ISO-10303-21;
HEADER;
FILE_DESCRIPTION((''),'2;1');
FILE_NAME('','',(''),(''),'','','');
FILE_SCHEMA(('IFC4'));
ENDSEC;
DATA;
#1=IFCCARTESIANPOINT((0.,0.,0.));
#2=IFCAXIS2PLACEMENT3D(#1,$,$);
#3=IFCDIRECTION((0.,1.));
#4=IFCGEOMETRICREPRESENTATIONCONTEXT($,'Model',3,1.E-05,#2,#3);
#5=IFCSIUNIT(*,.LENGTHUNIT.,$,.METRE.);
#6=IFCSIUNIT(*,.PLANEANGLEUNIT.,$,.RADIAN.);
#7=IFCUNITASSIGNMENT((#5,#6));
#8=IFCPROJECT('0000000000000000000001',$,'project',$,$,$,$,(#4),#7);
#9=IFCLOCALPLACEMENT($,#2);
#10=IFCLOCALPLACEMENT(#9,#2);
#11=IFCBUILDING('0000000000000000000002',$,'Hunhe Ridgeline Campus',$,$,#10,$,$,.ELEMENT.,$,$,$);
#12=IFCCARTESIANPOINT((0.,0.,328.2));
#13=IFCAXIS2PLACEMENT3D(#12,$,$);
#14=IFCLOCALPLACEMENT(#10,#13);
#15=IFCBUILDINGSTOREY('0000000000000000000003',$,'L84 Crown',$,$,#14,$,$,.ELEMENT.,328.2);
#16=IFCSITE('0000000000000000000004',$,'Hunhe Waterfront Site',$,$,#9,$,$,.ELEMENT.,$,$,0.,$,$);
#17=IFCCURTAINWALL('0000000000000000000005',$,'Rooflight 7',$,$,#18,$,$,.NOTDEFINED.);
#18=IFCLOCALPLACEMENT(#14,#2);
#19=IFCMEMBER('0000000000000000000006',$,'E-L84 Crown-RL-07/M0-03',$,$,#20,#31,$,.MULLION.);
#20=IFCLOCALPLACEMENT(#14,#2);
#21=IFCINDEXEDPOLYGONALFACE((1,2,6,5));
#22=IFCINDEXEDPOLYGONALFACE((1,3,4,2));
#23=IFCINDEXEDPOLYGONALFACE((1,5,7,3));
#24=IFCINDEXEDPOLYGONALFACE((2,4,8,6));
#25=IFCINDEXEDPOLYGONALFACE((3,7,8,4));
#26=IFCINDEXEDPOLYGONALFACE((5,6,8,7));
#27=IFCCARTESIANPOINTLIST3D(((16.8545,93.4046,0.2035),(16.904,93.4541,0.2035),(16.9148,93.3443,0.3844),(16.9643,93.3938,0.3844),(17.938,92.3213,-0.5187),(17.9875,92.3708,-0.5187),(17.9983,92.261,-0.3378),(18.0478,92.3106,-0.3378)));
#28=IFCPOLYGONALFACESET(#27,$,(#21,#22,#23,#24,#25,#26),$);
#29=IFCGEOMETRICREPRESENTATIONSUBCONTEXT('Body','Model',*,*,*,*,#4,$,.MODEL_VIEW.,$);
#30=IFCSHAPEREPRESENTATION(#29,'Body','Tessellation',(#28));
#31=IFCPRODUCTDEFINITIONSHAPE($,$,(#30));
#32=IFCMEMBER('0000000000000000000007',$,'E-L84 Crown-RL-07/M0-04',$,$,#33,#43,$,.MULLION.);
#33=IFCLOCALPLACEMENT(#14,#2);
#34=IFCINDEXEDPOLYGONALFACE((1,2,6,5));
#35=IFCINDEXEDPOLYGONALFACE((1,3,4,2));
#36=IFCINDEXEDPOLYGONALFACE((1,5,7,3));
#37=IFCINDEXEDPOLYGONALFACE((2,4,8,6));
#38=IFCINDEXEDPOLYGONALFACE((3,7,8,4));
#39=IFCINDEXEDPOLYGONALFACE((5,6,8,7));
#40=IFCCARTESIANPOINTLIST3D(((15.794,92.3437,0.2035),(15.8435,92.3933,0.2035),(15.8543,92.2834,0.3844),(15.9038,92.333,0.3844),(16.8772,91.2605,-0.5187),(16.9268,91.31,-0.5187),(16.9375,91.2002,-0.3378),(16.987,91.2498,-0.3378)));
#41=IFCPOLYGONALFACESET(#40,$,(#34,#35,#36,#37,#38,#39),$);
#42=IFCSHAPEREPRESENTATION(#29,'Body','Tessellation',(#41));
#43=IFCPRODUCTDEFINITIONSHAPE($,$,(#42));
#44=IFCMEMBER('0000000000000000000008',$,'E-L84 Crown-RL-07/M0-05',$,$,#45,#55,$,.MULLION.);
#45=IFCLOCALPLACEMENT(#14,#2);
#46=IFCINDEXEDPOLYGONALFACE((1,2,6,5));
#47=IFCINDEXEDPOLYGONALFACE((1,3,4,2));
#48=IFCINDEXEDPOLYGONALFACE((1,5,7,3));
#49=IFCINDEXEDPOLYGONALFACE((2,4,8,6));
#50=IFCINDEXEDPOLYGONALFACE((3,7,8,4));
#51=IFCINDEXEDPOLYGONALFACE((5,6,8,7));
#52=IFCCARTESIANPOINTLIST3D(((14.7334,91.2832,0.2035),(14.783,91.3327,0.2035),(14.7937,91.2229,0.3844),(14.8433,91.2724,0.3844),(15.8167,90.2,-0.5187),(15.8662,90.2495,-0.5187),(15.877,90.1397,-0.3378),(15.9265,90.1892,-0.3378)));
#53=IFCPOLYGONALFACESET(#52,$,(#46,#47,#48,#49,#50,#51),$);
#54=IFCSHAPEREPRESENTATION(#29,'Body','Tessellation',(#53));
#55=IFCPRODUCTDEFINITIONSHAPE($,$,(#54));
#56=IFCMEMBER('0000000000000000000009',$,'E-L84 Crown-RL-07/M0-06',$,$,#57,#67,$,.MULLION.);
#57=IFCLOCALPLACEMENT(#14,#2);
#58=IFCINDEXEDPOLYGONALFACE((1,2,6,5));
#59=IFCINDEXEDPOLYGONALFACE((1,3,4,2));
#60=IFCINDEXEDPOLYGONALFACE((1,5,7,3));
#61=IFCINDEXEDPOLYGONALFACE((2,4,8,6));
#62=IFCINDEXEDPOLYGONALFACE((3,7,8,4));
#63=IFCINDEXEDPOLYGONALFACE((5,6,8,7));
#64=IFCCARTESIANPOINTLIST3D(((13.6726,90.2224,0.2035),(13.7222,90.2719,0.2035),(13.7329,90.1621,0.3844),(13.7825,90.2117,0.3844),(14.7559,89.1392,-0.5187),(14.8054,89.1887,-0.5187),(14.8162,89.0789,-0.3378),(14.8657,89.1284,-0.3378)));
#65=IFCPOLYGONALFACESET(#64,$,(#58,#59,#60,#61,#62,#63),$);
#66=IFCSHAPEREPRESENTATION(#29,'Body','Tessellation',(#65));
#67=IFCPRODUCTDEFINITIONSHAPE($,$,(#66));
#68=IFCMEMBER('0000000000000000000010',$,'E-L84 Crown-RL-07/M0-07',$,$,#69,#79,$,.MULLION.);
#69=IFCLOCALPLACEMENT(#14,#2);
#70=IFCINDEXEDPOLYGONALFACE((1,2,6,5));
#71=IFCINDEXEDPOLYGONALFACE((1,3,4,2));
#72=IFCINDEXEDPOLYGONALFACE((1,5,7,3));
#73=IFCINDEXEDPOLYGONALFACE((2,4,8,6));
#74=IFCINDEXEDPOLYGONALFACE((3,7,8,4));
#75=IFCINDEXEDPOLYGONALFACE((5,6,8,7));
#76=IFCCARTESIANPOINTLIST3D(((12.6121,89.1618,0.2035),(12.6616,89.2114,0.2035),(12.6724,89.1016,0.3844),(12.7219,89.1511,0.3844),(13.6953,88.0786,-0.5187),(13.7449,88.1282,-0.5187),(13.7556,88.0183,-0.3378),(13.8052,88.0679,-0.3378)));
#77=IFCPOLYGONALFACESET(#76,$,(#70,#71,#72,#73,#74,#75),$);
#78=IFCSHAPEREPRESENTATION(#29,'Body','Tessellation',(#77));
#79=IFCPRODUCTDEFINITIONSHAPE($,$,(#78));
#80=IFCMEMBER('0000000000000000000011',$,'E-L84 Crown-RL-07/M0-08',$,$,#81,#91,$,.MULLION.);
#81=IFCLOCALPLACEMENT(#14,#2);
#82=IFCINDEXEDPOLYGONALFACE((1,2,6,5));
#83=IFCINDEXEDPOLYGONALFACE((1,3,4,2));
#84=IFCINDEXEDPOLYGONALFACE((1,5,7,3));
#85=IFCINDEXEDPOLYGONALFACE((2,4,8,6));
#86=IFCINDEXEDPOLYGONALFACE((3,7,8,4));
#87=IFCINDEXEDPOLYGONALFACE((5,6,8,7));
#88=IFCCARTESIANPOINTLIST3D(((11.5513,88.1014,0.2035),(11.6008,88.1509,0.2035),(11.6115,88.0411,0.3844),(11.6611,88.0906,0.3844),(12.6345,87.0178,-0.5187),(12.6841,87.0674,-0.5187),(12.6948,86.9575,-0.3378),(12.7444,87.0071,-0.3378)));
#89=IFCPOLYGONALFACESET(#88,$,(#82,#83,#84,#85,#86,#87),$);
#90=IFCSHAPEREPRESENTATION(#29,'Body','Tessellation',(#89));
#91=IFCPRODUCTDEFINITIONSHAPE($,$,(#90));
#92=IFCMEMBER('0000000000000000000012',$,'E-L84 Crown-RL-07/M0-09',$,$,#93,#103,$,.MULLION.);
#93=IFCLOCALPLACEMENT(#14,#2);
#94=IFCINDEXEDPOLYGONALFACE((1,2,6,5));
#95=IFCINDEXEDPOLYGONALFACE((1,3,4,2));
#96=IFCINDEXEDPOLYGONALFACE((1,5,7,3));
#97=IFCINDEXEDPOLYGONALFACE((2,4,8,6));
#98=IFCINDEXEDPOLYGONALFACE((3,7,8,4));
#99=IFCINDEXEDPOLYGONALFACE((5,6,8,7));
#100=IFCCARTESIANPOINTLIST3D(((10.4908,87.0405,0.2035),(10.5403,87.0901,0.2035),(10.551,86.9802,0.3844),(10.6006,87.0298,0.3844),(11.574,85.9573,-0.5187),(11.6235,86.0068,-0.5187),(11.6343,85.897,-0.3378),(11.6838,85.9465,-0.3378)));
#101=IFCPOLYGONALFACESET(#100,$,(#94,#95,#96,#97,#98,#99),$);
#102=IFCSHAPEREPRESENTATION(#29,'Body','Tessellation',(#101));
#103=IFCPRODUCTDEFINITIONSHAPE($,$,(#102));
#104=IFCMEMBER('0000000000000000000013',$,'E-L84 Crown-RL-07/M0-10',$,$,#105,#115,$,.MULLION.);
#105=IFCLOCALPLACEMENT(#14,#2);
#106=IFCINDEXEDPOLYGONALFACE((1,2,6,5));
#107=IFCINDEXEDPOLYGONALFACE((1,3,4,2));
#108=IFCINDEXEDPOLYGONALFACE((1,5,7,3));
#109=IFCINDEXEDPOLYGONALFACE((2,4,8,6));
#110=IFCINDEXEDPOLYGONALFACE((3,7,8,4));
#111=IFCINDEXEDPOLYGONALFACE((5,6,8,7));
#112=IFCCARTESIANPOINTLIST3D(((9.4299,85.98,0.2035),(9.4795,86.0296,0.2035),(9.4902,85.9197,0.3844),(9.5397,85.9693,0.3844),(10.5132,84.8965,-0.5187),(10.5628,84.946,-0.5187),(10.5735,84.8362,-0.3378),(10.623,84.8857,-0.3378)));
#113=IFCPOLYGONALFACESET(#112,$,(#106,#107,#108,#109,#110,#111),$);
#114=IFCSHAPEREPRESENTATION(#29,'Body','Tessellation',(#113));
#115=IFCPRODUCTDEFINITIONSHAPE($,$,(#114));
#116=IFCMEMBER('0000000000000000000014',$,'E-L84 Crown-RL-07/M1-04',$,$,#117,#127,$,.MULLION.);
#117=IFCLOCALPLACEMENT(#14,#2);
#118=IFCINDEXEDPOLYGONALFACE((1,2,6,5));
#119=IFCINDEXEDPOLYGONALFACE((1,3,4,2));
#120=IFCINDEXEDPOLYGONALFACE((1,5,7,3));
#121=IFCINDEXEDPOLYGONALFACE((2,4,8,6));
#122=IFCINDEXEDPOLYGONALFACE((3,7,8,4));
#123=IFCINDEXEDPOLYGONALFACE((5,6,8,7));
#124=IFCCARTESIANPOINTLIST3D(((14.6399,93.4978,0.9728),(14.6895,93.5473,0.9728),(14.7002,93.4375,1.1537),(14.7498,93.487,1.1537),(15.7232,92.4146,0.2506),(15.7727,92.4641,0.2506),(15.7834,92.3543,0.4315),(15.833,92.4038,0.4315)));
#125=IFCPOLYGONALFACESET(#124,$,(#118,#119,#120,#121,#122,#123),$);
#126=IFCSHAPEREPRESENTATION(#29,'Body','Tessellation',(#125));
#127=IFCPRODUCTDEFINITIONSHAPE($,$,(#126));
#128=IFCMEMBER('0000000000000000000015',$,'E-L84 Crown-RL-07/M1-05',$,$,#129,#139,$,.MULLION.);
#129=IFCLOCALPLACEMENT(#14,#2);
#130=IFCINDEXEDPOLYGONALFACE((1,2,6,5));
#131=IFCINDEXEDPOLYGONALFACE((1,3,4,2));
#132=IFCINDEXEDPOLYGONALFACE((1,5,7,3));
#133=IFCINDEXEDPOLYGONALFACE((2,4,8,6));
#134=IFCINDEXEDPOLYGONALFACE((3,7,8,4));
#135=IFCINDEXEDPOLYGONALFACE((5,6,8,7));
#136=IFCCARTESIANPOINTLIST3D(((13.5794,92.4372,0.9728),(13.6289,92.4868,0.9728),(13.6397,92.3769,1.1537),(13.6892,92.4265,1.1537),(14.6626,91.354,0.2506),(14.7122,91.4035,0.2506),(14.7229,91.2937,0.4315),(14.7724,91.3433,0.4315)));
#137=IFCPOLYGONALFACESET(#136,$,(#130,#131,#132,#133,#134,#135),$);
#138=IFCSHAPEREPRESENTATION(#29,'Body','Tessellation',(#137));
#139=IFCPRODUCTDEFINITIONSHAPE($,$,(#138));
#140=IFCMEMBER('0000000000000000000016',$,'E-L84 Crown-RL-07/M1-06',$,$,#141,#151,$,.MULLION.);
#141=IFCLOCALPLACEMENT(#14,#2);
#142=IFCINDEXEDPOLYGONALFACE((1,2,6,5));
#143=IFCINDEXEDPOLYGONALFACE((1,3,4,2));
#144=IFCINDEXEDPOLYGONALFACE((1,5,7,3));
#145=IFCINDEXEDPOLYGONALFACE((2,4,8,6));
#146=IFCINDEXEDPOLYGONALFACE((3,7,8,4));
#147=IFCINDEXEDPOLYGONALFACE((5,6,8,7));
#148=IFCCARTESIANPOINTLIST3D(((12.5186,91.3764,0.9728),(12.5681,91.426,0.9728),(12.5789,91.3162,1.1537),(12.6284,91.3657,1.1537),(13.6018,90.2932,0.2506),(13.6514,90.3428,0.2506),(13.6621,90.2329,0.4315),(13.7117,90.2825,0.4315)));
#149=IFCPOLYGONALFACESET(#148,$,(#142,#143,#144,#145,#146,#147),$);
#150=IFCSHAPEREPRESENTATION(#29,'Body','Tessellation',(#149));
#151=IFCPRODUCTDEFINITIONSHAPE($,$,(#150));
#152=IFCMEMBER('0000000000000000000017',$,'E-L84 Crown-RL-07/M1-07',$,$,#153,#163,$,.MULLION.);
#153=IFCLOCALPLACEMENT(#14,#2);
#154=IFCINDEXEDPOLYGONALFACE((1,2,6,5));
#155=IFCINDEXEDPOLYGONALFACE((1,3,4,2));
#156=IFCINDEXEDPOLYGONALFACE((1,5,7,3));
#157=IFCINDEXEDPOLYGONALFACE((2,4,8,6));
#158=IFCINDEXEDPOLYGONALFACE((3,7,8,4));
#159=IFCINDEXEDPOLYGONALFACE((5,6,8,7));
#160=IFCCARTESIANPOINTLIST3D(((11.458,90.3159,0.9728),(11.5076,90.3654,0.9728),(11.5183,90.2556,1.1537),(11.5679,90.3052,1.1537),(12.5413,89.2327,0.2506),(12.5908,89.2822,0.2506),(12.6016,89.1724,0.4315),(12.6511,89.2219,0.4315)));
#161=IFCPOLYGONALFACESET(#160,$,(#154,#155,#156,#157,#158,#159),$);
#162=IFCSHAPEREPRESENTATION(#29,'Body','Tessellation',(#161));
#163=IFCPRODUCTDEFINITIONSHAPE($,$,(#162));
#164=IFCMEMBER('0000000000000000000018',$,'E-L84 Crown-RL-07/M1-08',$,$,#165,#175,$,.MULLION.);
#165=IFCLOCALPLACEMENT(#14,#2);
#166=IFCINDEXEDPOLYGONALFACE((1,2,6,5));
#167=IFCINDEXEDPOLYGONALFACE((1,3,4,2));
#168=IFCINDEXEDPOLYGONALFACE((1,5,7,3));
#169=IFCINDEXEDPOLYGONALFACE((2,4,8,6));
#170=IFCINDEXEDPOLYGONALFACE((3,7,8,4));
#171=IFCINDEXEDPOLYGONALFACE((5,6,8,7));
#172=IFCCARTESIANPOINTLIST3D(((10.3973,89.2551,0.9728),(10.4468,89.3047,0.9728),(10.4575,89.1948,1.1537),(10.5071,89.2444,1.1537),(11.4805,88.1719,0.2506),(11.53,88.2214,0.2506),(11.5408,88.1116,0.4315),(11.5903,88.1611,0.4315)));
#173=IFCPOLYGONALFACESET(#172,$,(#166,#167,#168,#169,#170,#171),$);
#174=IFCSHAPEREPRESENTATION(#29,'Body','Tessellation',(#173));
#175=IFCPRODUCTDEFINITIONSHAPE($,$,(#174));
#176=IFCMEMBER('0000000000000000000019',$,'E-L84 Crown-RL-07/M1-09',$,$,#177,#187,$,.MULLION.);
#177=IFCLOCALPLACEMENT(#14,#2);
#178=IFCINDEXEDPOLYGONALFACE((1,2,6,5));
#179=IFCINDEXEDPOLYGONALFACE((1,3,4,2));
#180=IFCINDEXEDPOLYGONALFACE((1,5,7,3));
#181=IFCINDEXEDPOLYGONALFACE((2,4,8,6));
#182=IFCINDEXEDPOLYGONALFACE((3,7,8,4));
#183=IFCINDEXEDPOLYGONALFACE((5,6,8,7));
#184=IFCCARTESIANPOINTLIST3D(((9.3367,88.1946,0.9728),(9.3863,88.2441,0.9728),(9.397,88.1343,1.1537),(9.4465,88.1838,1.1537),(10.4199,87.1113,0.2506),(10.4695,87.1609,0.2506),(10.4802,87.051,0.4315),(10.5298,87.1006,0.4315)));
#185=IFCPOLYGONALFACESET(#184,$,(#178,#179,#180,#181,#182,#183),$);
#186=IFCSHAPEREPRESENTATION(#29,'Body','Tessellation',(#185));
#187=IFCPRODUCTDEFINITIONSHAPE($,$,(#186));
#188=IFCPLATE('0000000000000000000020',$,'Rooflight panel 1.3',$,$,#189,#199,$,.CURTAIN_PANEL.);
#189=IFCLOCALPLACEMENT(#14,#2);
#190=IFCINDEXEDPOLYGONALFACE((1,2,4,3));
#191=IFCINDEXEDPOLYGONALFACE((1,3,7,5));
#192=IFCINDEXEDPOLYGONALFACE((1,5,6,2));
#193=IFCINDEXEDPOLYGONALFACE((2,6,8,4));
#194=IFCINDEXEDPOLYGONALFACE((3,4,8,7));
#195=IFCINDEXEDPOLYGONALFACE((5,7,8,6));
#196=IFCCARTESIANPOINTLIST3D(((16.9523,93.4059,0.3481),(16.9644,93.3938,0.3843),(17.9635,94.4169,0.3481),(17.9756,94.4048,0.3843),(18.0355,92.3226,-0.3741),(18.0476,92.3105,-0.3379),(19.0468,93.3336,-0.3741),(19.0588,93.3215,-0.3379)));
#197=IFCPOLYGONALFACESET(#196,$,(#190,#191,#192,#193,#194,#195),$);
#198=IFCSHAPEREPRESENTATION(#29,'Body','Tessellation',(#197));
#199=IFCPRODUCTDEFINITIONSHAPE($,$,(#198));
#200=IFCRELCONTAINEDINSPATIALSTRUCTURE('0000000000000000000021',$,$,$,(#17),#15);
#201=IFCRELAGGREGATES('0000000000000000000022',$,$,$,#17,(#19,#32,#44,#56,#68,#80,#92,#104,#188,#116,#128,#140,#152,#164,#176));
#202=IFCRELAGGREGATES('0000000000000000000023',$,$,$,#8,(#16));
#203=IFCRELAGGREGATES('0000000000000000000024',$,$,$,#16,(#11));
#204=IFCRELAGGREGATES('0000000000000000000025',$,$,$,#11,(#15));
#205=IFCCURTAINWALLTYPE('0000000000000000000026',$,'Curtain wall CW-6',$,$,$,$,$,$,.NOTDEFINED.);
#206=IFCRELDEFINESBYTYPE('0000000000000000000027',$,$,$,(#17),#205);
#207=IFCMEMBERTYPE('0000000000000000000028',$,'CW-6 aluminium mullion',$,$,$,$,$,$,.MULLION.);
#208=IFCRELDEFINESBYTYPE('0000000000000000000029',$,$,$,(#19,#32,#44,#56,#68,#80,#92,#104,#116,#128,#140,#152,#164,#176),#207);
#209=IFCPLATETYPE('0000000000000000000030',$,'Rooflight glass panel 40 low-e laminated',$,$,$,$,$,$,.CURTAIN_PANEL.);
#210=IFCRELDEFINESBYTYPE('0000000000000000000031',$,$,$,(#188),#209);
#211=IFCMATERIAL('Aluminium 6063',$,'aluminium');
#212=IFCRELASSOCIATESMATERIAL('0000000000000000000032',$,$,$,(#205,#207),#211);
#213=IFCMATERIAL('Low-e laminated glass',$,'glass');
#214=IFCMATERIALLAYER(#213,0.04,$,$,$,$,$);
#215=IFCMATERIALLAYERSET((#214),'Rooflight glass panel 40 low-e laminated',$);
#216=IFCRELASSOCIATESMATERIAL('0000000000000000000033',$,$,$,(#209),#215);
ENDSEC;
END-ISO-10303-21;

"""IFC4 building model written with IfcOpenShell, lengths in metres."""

from ifc_helpers import new_model, si_unit, direction, frame, origin, origin_2d, place, context, subcontext, project, spatial, polyline, rectangle, outline, extrude, material, layer, layer_set, material_profile, profile_set, type_object, element, aggregate, save


model = new_model("IFC4")

# Units and contexts
model_context = context("Model", 3, precision=1e-05, world=origin(), true_north=direction((0.0, 1.0)))
body_context = subcontext(model_context, "Body", "Model", "MODEL_VIEW")
ifc_project = project(units=[si_unit("LENGTHUNIT", "METRE"), si_unit("PLANEANGLEUNIT", "RADIAN")], contexts=[model_context])

# Site, building, storey
site_placement = place(None, origin())
site = spatial("IfcSite", under=ifc_project, at=site_placement, Name="Hunhe Waterfront Site", CompositionType="ELEMENT", RefElevation=0.0)
building_placement = place(site_placement, origin())
building = spatial("IfcBuilding", under=site, at=building_placement, Name="Hunhe Ridgeline Campus", CompositionType="ELEMENT")
storey_placement = place(building_placement, frame((0.0, 0.0, 328.2)))
storey = spatial("IfcBuildingStorey", under=building, at=storey_placement, Name="L84 Crown", CompositionType="ELEMENT", Elevation=328.2)

# Curtain wall, members, plate
ifc_material_1 = material(Name="Aluminium 6063", Category="aluminium")
curtain_wall_type = type_object("IfcCurtainWallType", Name="Curtain wall CW-6", PredefinedType="NOTDEFINED", material=ifc_material_1)
curtain_wall_placement = place(storey_placement, origin())
curtain_wall = element("IfcCurtainWall", 1, at=curtain_wall_placement, inside=storey, type_object=curtain_wall_type, Name="Rooflight 7", PredefinedType="NOTDEFINED")
ifc_material_profile = material_profile(ifc_material_1, rectangle(XDim=0.0701, YDim=0.2, at=origin_2d()))
ifc_profile_set = profile_set([ifc_material_profile], Name="Aluminium 6063")
member_type = type_object("IfcMemberType", Name="CW-6 aluminium mullion", PredefinedType="MULLION", material=ifc_profile_set)
member_1_placement = place(storey_placement, frame((17.9929, 92.3159, -0.4282), z_axis=(-0.639687, 0.639543, 0.426362), x_axis=(-0.707027, -0.707186, 0.0)))
member_1 = element("IfcMember", 2, at=member_1_placement, type_object=member_type, Name="E-L84 Crown-RL-07/M0-03", PredefinedType="MULLION", context=body_context, shape_type="SweptSolid", body=[
    extrude(rectangle(XDim=0.0701, YDim=0.2, at=origin_2d()), origin(), (0.0, 0.0, 1.0), 1.6938),
])
member_2_placement = place(storey_placement, frame((16.9321, 91.2551, -0.4282), z_axis=(-0.639602, 0.639602, 0.426401), x_axis=(-0.707107, -0.707107, 0.0)))
member_2 = element("IfcMember", 3, at=member_2_placement, type_object=member_type, Name="E-L84 Crown-RL-07/M0-04", PredefinedType="MULLION", context=body_context, shape_type="SweptSolid", body=[
    extrude(rectangle(XDim=0.0701, YDim=0.2, at=origin_2d()), origin(), (0.0, 0.0, 1.0), 1.6936),
])
member_3_placement = place(storey_placement, frame((15.8716, 90.1946, -0.4282), z_axis=(-0.639602, 0.639602, 0.426401), x_axis=(-0.707107, -0.707107, 0.0)))
member_3 = element("IfcMember", 4, at=member_3_placement, type_object=member_type, Name="E-L84 Crown-RL-07/M0-05", PredefinedType="MULLION", context=body_context, shape_type="SweptSolid", body=[
    extrude(rectangle(XDim=0.0701, YDim=0.2, at=origin_2d()), origin(), (0.0, 0.0, 1.0), 1.6936),
])
member_4_placement = place(storey_placement, frame((14.8108, 89.1338, -0.4282), z_axis=(-0.639602, 0.639602, 0.426401), x_axis=(-0.707107, -0.707107, 0.0)))
member_4 = element("IfcMember", 5, at=member_4_placement, type_object=member_type, Name="E-L84 Crown-RL-07/M0-06", PredefinedType="MULLION", context=body_context, shape_type="SweptSolid", body=[
    extrude(rectangle(XDim=0.0701, YDim=0.2, at=origin_2d()), origin(), (0.0, 0.0, 1.0), 1.6936),
])
member_5_placement = place(storey_placement, frame((13.7502, 88.0732, -0.4282), z_axis=(-0.639602, 0.639602, 0.426401), x_axis=(-0.707107, -0.707107, 0.0)))
member_5 = element("IfcMember", 6, at=member_5_placement, type_object=member_type, Name="E-L84 Crown-RL-07/M0-07", PredefinedType="MULLION", context=body_context, shape_type="SweptSolid", body=[
    extrude(rectangle(XDim=0.0701, YDim=0.2, at=origin_2d()), origin(), (0.0, 0.0, 1.0), 1.6936),
])
member_6_placement = place(storey_placement, frame((12.6895, 87.0125, -0.4282), z_axis=(-0.639543, 0.639687, 0.426362), x_axis=(-0.707186, -0.707027, 0.0)))
member_6 = element("IfcMember", 7, at=member_6_placement, type_object=member_type, Name="E-L84 Crown-RL-07/M0-08", PredefinedType="MULLION", context=body_context, shape_type="SweptSolid", body=[
    extrude(rectangle(XDim=0.0701, YDim=0.2, at=origin_2d()), origin(), (0.0, 0.0, 1.0), 1.6938),
])
member_7_placement = place(storey_placement, frame((11.6289, 85.9519, -0.4282), z_axis=(-0.639602, 0.639602, 0.426401), x_axis=(-0.707107, -0.707107, 0.0)))
member_7 = element("IfcMember", 8, at=member_7_placement, type_object=member_type, Name="E-L84 Crown-RL-07/M0-09", PredefinedType="MULLION", context=body_context, shape_type="SweptSolid", body=[
    extrude(rectangle(XDim=0.0701, YDim=0.2, at=origin_2d()), origin(), (0.0, 0.0, 1.0), 1.6936),
])
member_8_placement = place(storey_placement, frame((10.5681, 84.8911, -0.4282), z_axis=(-0.639543, 0.639687, 0.426362), x_axis=(-0.707186, -0.707027, 0.0)))
member_8 = element("IfcMember", 9, at=member_8_placement, type_object=member_type, Name="E-L84 Crown-RL-07/M0-10", PredefinedType="MULLION", context=body_context, shape_type="SweptSolid", body=[
    extrude(rectangle(XDim=0.0701, YDim=0.2, at=origin_2d()), origin(), (0.0, 0.0, 1.0), 1.6938),
])
member_9_placement = place(storey_placement, frame((15.7781, 92.4092, 0.3411), z_axis=(-0.639602, 0.639602, 0.426401), x_axis=(-0.707107, -0.707107, 0.0)))
member_9 = element("IfcMember", 10, at=member_9_placement, type_object=member_type, Name="E-L84 Crown-RL-07/M1-04", PredefinedType="MULLION", context=body_context, shape_type="SweptSolid", body=[
    extrude(rectangle(XDim=0.0701, YDim=0.2, at=origin_2d()), origin(), (0.0, 0.0, 1.0), 1.6936),
])
member_10_placement = place(storey_placement, frame((14.7175, 91.3486, 0.3411), z_axis=(-0.639602, 0.639602, 0.426401), x_axis=(-0.707107, -0.707107, 0.0)))
member_10 = element("IfcMember", 11, at=member_10_placement, type_object=member_type, Name="E-L84 Crown-RL-07/M1-05", PredefinedType="MULLION", context=body_context, shape_type="SweptSolid", body=[
    extrude(rectangle(XDim=0.0701, YDim=0.2, at=origin_2d()), origin(), (0.0, 0.0, 1.0), 1.6936),
])
member_11_placement = place(storey_placement, frame((13.6567, 90.2878, 0.3411), z_axis=(-0.639602, 0.639602, 0.426401), x_axis=(-0.707107, -0.707107, 0.0)))
member_11 = element("IfcMember", 12, at=member_11_placement, type_object=member_type, Name="E-L84 Crown-RL-07/M1-06", PredefinedType="MULLION", context=body_context, shape_type="SweptSolid", body=[
    extrude(rectangle(XDim=0.0701, YDim=0.2, at=origin_2d()), origin(), (0.0, 0.0, 1.0), 1.6936),
])
member_12_placement = place(storey_placement, frame((12.5962, 89.2273, 0.3411), z_axis=(-0.639602, 0.639602, 0.426401), x_axis=(-0.707107, -0.707107, 0.0)))
member_12 = element("IfcMember", 13, at=member_12_placement, type_object=member_type, Name="E-L84 Crown-RL-07/M1-07", PredefinedType="MULLION", context=body_context, shape_type="SweptSolid", body=[
    extrude(rectangle(XDim=0.0701, YDim=0.2, at=origin_2d()), origin(), (0.0, 0.0, 1.0), 1.6936),
])
member_13_placement = place(storey_placement, frame((11.5354, 88.1665, 0.3411), z_axis=(-0.639602, 0.639602, 0.426401), x_axis=(-0.707107, -0.707107, 0.0)))
member_13 = element("IfcMember", 14, at=member_13_placement, type_object=member_type, Name="E-L84 Crown-RL-07/M1-08", PredefinedType="MULLION", context=body_context, shape_type="SweptSolid", body=[
    extrude(rectangle(XDim=0.0701, YDim=0.2, at=origin_2d()), origin(), (0.0, 0.0, 1.0), 1.6936),
])
member_14_placement = place(storey_placement, frame((10.4749, 87.106, 0.3411), z_axis=(-0.639602, 0.639602, 0.426401), x_axis=(-0.707107, -0.707107, 0.0)))
member_14 = element("IfcMember", 15, at=member_14_placement, type_object=member_type, Name="E-L84 Crown-RL-07/M1-09", PredefinedType="MULLION", context=body_context, shape_type="SweptSolid", body=[
    extrude(rectangle(XDim=0.0701, YDim=0.2, at=origin_2d()), origin(), (0.0, 0.0, 1.0), 1.6936),
])
ifc_material_2 = material(Name="Low-e laminated glass", Category="glass")
ifc_layer = layer(ifc_material_2, 0.04)
ifc_layer_set = layer_set([ifc_layer], Name="Rooflight glass panel 40 low-e laminated")
plate_type = type_object("IfcPlateType", Name="Rooflight glass panel 40 low-e laminated", PredefinedType="CURTAIN_PANEL", material=ifc_layer_set)
plate_1_placement = place(storey_placement, frame((19.0588, 93.3215, -0.3379), z_axis=(0.301475, -0.301548, 0.904534), x_axis=(-0.639602, 0.639602, 0.426401)))
plate_1 = element("IfcPlate", 16, at=plate_1_placement, type_object=plate_type, Name="Rooflight panel 1.3", PredefinedType="CURTAIN_PANEL", context=body_context, shape_type="SweptSolid", body=[
    extrude(outline(polyline([(0.0, 0.0), (1.6936, 0.0), (1.6938, 1.4299), (0.0002, 1.4299), (0.0, 0.0)])), origin(), (0.0, 0.0, -1.0), 0.04),
])
aggregate(curtain_wall, [member_1, member_2, member_3, member_4, member_5, member_6, member_7, member_8, plate_1, member_9, member_10, member_11, member_12, member_13, member_14])

save(model, "model.ifc")
